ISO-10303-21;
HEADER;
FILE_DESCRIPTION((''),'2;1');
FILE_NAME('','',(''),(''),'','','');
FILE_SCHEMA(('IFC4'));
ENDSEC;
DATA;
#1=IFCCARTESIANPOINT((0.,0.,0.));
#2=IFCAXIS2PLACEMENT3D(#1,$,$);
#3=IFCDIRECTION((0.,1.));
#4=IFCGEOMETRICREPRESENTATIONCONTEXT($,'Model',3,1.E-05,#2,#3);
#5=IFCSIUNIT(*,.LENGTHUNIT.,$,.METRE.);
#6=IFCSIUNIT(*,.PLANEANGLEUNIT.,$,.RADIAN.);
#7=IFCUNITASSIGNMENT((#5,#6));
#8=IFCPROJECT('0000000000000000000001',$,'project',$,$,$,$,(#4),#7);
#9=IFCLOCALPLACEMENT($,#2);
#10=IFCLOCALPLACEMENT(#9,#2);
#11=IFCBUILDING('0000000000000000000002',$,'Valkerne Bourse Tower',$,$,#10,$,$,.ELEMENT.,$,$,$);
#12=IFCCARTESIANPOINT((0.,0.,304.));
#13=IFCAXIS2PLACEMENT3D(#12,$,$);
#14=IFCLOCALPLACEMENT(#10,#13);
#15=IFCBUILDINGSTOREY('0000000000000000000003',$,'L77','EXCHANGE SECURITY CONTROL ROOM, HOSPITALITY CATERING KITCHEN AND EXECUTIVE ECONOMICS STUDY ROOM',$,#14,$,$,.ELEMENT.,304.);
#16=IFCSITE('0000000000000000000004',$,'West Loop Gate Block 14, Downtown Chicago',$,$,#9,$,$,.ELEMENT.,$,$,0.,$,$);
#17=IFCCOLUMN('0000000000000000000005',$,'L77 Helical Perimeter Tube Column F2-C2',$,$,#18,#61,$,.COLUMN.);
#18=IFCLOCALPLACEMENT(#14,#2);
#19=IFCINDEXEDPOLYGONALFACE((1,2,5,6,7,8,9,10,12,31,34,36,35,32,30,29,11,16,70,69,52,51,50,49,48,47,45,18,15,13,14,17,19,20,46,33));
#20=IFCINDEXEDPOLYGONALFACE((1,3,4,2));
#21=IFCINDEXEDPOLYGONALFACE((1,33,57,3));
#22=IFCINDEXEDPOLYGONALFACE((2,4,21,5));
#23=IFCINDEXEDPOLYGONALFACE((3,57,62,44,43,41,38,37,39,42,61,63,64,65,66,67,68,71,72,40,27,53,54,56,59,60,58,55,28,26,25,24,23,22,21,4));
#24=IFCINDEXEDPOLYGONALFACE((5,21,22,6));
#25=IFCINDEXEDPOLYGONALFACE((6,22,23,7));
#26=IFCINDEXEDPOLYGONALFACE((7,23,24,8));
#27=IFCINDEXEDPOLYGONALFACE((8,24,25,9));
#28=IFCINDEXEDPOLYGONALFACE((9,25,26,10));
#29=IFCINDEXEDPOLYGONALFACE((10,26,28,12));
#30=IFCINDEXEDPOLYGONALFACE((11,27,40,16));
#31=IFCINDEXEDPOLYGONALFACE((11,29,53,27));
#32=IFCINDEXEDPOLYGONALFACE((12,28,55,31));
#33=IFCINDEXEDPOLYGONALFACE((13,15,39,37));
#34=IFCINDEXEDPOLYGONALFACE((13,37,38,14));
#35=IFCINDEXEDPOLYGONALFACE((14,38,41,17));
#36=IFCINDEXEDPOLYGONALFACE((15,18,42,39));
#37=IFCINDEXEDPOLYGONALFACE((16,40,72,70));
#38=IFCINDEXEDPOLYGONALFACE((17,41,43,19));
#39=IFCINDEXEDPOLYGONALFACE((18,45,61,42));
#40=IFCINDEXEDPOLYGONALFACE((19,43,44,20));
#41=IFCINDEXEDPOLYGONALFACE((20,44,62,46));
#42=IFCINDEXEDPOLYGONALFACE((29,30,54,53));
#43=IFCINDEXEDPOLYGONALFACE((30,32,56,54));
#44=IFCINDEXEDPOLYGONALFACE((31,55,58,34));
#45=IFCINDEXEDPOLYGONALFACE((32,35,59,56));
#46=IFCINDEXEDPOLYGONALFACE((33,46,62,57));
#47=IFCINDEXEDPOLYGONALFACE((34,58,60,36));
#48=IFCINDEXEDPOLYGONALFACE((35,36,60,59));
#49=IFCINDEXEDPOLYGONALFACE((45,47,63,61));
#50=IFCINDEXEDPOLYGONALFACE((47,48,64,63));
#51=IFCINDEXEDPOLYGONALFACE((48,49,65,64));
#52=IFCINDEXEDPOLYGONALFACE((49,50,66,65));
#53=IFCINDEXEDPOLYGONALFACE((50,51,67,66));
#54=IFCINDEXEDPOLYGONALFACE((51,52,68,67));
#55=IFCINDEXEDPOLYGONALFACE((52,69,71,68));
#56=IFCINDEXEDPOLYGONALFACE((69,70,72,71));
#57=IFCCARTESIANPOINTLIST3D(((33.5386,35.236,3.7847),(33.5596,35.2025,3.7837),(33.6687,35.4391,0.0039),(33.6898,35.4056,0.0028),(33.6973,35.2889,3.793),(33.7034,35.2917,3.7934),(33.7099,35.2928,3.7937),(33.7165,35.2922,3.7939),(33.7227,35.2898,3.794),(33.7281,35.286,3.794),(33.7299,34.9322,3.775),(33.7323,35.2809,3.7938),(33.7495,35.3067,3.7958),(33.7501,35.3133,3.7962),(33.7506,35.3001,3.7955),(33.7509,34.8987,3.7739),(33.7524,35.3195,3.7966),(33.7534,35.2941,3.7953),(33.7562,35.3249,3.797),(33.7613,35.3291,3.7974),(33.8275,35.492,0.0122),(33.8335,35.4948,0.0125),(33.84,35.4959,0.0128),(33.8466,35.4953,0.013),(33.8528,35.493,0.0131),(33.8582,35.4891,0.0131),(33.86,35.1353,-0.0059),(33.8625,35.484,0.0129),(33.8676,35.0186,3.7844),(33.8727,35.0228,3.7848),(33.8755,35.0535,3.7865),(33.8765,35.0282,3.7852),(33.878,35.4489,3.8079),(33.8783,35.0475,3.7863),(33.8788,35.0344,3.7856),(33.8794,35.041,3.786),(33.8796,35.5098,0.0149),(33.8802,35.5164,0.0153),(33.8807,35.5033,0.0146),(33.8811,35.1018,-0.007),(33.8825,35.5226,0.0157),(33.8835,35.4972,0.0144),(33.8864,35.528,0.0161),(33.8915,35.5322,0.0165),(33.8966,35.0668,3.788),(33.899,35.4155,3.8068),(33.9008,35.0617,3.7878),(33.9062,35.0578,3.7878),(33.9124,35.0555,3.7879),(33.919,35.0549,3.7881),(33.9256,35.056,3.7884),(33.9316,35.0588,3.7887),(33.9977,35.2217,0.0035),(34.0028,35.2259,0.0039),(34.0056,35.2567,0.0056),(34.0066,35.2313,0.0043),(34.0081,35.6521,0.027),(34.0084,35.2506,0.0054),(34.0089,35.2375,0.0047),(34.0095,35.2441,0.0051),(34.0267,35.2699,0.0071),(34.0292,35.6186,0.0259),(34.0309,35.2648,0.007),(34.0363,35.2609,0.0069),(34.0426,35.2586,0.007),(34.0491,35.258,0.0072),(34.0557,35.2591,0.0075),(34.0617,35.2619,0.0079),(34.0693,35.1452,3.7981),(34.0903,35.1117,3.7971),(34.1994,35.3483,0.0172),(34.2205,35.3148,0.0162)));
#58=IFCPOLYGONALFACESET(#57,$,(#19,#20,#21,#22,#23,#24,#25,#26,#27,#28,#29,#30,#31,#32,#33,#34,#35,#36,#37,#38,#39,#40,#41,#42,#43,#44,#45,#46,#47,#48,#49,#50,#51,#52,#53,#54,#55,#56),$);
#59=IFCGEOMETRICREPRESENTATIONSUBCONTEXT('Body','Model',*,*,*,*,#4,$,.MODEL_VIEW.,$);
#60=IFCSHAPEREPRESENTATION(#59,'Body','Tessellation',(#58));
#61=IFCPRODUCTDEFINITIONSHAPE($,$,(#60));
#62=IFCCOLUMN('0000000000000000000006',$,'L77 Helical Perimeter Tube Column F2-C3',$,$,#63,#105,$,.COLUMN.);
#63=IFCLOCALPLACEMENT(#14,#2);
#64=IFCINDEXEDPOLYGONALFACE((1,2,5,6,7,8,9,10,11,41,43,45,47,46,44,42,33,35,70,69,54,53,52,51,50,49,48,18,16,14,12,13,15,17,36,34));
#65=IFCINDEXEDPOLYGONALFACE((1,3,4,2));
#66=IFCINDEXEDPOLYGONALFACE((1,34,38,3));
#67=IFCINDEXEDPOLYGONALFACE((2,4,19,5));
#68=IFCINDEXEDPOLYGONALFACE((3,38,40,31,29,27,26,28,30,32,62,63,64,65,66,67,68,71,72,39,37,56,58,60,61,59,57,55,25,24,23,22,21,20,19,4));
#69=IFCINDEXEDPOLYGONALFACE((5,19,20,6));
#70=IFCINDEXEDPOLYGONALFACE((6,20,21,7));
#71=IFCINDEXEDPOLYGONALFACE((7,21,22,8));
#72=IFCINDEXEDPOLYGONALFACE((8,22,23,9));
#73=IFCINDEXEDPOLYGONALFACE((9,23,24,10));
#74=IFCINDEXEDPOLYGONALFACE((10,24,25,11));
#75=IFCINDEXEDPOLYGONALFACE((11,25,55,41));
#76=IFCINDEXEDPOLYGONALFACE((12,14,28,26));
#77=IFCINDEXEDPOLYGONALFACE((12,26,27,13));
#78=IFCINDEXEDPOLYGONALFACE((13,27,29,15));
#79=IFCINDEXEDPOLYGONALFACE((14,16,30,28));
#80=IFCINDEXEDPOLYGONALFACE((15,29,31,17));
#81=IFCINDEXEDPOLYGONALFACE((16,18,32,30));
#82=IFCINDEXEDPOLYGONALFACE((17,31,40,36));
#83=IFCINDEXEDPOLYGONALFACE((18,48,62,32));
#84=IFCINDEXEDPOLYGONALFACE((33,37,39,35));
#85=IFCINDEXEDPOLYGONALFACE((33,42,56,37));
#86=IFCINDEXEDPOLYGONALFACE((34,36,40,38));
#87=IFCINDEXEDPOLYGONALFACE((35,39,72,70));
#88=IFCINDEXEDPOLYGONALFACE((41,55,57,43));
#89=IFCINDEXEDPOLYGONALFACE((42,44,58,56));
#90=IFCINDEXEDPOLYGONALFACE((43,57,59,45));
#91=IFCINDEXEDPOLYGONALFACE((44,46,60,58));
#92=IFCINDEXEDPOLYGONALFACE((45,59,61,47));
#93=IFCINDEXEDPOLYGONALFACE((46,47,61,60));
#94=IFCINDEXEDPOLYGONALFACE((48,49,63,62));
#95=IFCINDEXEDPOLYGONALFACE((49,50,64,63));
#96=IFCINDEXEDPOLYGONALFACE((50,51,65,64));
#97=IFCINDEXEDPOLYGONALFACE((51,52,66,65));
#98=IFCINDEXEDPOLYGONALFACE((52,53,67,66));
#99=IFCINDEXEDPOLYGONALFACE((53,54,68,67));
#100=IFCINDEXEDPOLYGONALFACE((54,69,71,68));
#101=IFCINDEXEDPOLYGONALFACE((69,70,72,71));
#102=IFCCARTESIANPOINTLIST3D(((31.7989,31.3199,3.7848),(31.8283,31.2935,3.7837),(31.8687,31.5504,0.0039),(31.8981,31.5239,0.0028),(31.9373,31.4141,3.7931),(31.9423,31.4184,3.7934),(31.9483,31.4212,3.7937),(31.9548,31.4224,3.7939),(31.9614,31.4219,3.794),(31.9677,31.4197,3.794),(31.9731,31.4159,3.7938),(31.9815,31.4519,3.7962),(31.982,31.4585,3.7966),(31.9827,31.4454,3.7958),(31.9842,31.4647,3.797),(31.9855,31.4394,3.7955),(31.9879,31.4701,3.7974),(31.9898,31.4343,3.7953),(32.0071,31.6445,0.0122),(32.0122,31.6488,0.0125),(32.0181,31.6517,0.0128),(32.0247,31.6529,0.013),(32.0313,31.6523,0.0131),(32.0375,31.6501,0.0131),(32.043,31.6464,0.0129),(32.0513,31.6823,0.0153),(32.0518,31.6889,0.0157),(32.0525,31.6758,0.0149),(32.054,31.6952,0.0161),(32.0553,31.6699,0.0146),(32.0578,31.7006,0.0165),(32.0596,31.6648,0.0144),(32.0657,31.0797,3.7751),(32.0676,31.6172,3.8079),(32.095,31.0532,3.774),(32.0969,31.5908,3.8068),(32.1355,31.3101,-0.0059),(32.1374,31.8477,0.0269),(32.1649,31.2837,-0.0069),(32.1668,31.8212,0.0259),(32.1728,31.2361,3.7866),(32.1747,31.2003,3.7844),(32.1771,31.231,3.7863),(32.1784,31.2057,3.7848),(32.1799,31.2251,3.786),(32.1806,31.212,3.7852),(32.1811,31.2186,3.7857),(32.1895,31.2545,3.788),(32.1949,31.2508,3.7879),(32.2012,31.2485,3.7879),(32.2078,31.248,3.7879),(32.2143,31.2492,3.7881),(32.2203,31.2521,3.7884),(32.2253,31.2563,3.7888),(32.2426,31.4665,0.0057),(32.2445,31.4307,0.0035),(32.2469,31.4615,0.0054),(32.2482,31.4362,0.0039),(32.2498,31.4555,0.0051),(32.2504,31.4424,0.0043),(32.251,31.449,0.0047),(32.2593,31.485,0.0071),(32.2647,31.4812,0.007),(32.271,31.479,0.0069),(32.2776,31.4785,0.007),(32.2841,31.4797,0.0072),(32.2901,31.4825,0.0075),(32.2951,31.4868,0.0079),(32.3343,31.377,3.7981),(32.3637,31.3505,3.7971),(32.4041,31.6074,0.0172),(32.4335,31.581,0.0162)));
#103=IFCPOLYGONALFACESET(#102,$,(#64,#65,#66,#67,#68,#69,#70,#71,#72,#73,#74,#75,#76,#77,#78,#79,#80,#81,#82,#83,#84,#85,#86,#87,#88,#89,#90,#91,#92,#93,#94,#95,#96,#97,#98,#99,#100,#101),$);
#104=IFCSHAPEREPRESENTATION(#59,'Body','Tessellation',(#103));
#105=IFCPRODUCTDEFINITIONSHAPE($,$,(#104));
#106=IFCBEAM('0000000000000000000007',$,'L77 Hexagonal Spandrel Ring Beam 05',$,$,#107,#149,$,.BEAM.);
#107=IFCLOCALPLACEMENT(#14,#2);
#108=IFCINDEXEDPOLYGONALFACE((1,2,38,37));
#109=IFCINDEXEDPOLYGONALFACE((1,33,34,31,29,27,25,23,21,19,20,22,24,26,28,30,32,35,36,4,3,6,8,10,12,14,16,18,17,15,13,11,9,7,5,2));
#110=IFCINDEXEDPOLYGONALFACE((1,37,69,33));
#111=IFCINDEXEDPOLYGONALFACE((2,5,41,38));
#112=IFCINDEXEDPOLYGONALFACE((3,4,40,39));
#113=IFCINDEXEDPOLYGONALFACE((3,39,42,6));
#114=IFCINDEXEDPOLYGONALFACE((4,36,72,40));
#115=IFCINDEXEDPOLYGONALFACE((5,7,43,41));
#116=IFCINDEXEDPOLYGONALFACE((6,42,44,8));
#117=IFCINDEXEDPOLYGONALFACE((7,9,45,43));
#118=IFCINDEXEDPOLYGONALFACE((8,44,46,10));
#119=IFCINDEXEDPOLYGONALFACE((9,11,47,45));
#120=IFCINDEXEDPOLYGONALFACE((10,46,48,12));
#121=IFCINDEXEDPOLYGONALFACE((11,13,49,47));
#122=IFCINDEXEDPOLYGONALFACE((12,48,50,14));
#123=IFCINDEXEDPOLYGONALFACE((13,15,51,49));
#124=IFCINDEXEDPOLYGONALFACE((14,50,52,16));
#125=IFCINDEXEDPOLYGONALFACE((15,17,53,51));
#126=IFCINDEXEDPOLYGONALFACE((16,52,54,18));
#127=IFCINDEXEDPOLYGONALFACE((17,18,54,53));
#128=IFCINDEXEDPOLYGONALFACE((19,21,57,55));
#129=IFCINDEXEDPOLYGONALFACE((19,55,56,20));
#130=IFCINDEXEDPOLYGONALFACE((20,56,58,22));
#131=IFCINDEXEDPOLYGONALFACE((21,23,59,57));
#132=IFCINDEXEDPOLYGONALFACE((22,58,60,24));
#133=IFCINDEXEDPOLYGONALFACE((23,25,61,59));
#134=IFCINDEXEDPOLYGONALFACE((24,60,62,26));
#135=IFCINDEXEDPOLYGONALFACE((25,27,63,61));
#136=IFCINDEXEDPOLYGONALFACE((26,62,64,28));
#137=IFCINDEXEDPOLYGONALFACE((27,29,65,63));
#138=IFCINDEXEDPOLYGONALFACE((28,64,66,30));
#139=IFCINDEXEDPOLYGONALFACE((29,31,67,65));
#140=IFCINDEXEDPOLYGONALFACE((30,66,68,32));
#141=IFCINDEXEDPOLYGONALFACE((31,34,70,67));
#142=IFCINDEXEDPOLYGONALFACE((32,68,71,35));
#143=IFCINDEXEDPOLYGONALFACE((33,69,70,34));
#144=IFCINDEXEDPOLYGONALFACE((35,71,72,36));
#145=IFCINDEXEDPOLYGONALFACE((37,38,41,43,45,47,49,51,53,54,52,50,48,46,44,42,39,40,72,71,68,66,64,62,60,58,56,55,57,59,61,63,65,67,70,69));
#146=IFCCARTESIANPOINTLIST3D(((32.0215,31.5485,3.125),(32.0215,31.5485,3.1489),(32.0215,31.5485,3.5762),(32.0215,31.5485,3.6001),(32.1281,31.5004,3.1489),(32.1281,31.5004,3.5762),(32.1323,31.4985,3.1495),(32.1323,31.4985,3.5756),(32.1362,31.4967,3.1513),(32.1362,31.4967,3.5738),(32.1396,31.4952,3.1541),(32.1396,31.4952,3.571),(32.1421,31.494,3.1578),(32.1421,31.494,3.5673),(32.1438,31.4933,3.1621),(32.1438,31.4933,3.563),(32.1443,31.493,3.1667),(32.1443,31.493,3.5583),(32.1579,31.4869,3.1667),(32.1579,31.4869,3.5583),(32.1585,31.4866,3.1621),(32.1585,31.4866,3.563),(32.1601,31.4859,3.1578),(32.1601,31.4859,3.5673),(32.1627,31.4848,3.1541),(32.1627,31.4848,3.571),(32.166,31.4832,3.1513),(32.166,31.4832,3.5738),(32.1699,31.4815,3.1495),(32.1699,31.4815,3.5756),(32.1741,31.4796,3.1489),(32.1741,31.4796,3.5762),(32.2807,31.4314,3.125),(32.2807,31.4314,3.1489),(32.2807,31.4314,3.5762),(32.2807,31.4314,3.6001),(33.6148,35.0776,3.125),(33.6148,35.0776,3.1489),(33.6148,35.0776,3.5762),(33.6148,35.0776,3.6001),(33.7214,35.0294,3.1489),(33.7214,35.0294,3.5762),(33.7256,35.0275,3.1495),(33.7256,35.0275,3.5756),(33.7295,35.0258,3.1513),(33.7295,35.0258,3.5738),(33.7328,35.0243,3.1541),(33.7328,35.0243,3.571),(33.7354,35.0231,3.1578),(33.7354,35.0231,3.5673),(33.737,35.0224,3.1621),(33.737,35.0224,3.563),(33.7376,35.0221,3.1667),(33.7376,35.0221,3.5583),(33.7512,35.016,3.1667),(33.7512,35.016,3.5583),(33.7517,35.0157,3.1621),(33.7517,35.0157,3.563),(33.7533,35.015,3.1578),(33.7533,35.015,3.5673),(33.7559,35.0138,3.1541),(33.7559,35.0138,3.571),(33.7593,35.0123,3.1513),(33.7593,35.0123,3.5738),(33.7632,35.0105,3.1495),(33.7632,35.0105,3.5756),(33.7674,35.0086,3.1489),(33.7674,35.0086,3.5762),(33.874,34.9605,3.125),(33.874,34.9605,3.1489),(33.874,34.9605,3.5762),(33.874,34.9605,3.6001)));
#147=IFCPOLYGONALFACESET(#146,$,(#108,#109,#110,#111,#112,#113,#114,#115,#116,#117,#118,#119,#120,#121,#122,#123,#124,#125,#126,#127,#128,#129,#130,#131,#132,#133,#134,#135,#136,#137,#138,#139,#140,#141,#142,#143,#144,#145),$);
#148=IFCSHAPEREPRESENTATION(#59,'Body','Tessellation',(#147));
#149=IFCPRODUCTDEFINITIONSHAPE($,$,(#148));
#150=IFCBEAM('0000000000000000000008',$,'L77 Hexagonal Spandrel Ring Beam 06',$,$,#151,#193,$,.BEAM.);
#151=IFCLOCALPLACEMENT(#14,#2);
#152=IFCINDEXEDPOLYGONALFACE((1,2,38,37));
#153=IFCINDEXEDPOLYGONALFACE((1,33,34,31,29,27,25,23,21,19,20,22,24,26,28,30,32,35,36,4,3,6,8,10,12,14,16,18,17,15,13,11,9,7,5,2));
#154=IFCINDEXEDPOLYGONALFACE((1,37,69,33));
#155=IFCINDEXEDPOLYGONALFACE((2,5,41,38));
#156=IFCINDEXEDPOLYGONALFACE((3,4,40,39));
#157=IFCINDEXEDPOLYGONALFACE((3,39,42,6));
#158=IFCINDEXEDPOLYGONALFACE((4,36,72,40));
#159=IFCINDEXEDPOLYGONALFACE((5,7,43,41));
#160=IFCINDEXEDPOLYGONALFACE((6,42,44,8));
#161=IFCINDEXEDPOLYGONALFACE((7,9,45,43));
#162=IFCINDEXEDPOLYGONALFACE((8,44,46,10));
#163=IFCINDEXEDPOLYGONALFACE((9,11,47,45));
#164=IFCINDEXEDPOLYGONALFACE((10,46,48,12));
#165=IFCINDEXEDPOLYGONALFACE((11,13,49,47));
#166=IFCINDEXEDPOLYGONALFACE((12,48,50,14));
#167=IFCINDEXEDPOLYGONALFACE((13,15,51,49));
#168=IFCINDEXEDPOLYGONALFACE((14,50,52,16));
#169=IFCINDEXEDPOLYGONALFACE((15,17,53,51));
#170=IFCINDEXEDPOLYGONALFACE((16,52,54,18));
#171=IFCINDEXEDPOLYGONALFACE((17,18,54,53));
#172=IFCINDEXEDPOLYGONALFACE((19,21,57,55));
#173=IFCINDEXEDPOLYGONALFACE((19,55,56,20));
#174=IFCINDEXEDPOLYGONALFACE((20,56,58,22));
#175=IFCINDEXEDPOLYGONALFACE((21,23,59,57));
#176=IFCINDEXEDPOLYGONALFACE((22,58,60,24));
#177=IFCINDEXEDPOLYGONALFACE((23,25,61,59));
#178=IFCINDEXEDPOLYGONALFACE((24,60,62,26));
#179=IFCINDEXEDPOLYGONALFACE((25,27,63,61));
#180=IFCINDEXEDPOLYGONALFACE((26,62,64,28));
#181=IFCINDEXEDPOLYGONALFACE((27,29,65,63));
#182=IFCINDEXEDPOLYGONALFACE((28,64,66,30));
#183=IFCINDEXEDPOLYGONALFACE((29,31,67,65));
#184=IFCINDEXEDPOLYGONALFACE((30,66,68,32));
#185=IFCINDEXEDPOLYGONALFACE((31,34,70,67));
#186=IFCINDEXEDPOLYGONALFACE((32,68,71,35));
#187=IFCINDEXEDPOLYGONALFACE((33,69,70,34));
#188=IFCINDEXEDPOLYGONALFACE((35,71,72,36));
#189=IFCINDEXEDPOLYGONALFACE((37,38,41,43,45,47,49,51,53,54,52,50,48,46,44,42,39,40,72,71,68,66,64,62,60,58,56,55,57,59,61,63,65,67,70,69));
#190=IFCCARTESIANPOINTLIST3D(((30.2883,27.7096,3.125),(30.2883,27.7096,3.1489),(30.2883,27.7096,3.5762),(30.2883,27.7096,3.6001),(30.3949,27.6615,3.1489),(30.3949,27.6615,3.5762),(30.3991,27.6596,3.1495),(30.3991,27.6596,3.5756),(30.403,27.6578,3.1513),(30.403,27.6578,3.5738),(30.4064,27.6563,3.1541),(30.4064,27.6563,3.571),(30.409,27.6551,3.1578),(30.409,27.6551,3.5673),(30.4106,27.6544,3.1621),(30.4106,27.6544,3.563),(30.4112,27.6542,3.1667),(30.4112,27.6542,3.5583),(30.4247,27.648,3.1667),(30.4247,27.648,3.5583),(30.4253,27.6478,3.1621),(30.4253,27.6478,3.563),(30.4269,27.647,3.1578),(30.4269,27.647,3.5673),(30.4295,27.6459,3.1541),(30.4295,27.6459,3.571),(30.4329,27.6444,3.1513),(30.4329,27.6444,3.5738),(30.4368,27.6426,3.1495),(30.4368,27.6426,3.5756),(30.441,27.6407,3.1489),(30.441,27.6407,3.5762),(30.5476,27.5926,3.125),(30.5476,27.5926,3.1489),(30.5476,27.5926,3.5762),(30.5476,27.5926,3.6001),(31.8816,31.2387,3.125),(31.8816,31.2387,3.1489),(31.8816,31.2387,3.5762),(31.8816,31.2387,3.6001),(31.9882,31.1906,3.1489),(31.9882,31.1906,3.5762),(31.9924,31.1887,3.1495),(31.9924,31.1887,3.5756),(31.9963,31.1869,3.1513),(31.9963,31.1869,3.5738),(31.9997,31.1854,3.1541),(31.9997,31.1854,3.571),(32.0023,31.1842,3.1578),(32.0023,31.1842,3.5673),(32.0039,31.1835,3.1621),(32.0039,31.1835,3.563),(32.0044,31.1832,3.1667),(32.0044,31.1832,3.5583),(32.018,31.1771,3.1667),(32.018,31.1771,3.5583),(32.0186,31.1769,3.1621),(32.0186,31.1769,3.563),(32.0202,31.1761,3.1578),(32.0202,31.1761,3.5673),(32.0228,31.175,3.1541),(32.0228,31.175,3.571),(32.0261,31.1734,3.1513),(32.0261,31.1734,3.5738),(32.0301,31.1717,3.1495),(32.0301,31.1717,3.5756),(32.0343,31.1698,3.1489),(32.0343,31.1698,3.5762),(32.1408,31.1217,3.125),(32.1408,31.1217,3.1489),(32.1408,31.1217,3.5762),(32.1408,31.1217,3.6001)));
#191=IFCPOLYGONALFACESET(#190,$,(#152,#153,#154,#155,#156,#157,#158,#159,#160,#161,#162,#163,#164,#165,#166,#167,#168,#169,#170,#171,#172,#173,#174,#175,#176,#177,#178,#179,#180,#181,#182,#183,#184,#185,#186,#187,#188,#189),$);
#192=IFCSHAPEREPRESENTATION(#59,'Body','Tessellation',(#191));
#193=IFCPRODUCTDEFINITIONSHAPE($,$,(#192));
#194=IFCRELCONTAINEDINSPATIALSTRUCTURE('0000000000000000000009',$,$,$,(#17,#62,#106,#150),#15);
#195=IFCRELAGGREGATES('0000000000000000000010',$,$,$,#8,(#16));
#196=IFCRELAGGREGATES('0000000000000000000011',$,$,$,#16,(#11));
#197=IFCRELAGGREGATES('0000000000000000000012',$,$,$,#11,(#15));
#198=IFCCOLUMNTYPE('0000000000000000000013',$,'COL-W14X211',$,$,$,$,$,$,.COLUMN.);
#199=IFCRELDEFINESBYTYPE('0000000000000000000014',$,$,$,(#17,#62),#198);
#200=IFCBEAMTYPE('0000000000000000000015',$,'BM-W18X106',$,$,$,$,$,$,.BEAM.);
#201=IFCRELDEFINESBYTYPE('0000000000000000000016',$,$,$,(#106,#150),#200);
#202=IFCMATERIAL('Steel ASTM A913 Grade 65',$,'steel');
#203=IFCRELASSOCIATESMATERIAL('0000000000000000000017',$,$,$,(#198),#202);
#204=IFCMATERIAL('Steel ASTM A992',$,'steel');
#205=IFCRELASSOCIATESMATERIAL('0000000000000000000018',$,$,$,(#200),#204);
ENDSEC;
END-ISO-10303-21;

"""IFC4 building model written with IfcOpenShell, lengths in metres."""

from ifc_helpers import new_model, si_unit, direction, frame, origin, origin_2d, place, context, subcontext, project, spatial, i_section, extrude, material, material_profile, profile_set, type_object, element, save


model = new_model("IFC4")

# Units and contexts
model_context = context("Model", 3, precision=1e-05, world=origin(), true_north=direction((0.0, 1.0)))
body_context = subcontext(model_context, "Body", "Model", "MODEL_VIEW")
ifc_project = project(units=[si_unit("LENGTHUNIT", "METRE"), si_unit("PLANEANGLEUNIT", "RADIAN")], contexts=[model_context])

# Site, building, storey
site_placement = place(None, origin())
site = spatial("IfcSite", under=ifc_project, at=site_placement, Name="West Loop Gate Block 14, Downtown Chicago", CompositionType="ELEMENT", RefElevation=0.0)
building_placement = place(site_placement, origin())
building = spatial("IfcBuilding", under=site, at=building_placement, Name="Valkerne Bourse Tower", CompositionType="ELEMENT")
storey_placement = place(building_placement, frame((0.0, 0.0, 304.0)))
storey = spatial("IfcBuildingStorey", under=building, at=storey_placement, Name="L77", Description="EXCHANGE SECURITY CONTROL ROOM, HOSPITALITY CATERING KITCHEN AND EXECUTIVE ECONOMICS STUDY ROOM", CompositionType="ELEMENT", Elevation=304.0)

# Columns
ifc_material_1 = material(Name="Steel ASTM A913 Grade 65", Category="steel")
ifc_material_profile_1 = material_profile(ifc_material_1, i_section(OverallWidth=0.4014, OverallDepth=0.3987, WebThickness=0.0249, FlangeThickness=0.0396, FilletRadius=0.0254, at=origin_2d()), Name="W14X211")
ifc_profile_set_1 = profile_set([ifc_material_profile_1], Name="Steel ASTM A913 Grade 65")
column_type = type_object("IfcColumnType", Name="COL-W14X211", PredefinedType="COLUMN", material=ifc_profile_set_1)
for number, where, z_axis, x_axis, name in (
    (1, (33.9446, 35.377, 0.01), (-0.034346, -0.053613, 0.997971), (-0.845618, -0.530671, -0.057612), "L77 Helical Perimeter Tube Column F2-C2"),
    (2, (32.1511, 31.5657, 0.01), (-0.01843, -0.060831, 0.997978), (-0.669314, -0.740751, -0.057512), "L77 Helical Perimeter Tube Column F2-C3"),
):
    element("IfcColumn", number, at=place(storey_placement, frame(where, z_axis=z_axis, x_axis=x_axis)), inside=storey, type_object=column_type, Name=name, PredefinedType="COLUMN", context=body_context, shape_type="SweptSolid", body=[
        extrude(i_section(OverallWidth=0.4014, OverallDepth=0.3987, WebThickness=0.0249, FlangeThickness=0.0396, FilletRadius=0.0254, at=origin_2d()), origin(), (0.0, 0.0, 1.0), 3.7886),
    ])

# Beams
ifc_material_2 = material(Name="Steel ASTM A992", Category="steel")
ifc_material_profile_2 = material_profile(ifc_material_2, i_section(OverallWidth=0.2844, OverallDepth=0.4751, WebThickness=0.0149, FlangeThickness=0.0239, FilletRadius=0.0178, at=origin_2d()), Name="W18X106")
ifc_profile_set_2 = profile_set([ifc_material_profile_2], Name="Steel ASTM A992")
beam_type_1 = type_object("IfcBeamType", Name="BM-W18X106", PredefinedType="BEAM", material=ifc_profile_set_2)
for number, where, z_axis, x_axis, name in (
    (3, (33.7444, 35.019, 3.3625), (-0.411479, -0.911419, 0.0), (0.911419, -0.411479, 0.0), "L77 Hexagonal Spandrel Ring Beam 05"),
    (4, (32.0112, 31.1802, 3.3625), (-0.411479, -0.911419, 0.0), (0.911419, -0.411479, 0.0), "L77 Hexagonal Spandrel Ring Beam 06"),
):
    element("IfcBeam", number, at=place(storey_placement, frame(where, z_axis=z_axis, x_axis=x_axis)), inside=storey, type_object=beam_type_1, Name=name, PredefinedType="BEAM", context=body_context, shape_type="SweptSolid", body=[
        extrude(i_section(OverallWidth=0.2844, OverallDepth=0.4751, WebThickness=0.0149, FlangeThickness=0.0239, FilletRadius=0.0178, at=origin_2d()), origin(), (0.0, 0.0, 1.0), 3.8721),
    ])

save(model, "model.ifc")
